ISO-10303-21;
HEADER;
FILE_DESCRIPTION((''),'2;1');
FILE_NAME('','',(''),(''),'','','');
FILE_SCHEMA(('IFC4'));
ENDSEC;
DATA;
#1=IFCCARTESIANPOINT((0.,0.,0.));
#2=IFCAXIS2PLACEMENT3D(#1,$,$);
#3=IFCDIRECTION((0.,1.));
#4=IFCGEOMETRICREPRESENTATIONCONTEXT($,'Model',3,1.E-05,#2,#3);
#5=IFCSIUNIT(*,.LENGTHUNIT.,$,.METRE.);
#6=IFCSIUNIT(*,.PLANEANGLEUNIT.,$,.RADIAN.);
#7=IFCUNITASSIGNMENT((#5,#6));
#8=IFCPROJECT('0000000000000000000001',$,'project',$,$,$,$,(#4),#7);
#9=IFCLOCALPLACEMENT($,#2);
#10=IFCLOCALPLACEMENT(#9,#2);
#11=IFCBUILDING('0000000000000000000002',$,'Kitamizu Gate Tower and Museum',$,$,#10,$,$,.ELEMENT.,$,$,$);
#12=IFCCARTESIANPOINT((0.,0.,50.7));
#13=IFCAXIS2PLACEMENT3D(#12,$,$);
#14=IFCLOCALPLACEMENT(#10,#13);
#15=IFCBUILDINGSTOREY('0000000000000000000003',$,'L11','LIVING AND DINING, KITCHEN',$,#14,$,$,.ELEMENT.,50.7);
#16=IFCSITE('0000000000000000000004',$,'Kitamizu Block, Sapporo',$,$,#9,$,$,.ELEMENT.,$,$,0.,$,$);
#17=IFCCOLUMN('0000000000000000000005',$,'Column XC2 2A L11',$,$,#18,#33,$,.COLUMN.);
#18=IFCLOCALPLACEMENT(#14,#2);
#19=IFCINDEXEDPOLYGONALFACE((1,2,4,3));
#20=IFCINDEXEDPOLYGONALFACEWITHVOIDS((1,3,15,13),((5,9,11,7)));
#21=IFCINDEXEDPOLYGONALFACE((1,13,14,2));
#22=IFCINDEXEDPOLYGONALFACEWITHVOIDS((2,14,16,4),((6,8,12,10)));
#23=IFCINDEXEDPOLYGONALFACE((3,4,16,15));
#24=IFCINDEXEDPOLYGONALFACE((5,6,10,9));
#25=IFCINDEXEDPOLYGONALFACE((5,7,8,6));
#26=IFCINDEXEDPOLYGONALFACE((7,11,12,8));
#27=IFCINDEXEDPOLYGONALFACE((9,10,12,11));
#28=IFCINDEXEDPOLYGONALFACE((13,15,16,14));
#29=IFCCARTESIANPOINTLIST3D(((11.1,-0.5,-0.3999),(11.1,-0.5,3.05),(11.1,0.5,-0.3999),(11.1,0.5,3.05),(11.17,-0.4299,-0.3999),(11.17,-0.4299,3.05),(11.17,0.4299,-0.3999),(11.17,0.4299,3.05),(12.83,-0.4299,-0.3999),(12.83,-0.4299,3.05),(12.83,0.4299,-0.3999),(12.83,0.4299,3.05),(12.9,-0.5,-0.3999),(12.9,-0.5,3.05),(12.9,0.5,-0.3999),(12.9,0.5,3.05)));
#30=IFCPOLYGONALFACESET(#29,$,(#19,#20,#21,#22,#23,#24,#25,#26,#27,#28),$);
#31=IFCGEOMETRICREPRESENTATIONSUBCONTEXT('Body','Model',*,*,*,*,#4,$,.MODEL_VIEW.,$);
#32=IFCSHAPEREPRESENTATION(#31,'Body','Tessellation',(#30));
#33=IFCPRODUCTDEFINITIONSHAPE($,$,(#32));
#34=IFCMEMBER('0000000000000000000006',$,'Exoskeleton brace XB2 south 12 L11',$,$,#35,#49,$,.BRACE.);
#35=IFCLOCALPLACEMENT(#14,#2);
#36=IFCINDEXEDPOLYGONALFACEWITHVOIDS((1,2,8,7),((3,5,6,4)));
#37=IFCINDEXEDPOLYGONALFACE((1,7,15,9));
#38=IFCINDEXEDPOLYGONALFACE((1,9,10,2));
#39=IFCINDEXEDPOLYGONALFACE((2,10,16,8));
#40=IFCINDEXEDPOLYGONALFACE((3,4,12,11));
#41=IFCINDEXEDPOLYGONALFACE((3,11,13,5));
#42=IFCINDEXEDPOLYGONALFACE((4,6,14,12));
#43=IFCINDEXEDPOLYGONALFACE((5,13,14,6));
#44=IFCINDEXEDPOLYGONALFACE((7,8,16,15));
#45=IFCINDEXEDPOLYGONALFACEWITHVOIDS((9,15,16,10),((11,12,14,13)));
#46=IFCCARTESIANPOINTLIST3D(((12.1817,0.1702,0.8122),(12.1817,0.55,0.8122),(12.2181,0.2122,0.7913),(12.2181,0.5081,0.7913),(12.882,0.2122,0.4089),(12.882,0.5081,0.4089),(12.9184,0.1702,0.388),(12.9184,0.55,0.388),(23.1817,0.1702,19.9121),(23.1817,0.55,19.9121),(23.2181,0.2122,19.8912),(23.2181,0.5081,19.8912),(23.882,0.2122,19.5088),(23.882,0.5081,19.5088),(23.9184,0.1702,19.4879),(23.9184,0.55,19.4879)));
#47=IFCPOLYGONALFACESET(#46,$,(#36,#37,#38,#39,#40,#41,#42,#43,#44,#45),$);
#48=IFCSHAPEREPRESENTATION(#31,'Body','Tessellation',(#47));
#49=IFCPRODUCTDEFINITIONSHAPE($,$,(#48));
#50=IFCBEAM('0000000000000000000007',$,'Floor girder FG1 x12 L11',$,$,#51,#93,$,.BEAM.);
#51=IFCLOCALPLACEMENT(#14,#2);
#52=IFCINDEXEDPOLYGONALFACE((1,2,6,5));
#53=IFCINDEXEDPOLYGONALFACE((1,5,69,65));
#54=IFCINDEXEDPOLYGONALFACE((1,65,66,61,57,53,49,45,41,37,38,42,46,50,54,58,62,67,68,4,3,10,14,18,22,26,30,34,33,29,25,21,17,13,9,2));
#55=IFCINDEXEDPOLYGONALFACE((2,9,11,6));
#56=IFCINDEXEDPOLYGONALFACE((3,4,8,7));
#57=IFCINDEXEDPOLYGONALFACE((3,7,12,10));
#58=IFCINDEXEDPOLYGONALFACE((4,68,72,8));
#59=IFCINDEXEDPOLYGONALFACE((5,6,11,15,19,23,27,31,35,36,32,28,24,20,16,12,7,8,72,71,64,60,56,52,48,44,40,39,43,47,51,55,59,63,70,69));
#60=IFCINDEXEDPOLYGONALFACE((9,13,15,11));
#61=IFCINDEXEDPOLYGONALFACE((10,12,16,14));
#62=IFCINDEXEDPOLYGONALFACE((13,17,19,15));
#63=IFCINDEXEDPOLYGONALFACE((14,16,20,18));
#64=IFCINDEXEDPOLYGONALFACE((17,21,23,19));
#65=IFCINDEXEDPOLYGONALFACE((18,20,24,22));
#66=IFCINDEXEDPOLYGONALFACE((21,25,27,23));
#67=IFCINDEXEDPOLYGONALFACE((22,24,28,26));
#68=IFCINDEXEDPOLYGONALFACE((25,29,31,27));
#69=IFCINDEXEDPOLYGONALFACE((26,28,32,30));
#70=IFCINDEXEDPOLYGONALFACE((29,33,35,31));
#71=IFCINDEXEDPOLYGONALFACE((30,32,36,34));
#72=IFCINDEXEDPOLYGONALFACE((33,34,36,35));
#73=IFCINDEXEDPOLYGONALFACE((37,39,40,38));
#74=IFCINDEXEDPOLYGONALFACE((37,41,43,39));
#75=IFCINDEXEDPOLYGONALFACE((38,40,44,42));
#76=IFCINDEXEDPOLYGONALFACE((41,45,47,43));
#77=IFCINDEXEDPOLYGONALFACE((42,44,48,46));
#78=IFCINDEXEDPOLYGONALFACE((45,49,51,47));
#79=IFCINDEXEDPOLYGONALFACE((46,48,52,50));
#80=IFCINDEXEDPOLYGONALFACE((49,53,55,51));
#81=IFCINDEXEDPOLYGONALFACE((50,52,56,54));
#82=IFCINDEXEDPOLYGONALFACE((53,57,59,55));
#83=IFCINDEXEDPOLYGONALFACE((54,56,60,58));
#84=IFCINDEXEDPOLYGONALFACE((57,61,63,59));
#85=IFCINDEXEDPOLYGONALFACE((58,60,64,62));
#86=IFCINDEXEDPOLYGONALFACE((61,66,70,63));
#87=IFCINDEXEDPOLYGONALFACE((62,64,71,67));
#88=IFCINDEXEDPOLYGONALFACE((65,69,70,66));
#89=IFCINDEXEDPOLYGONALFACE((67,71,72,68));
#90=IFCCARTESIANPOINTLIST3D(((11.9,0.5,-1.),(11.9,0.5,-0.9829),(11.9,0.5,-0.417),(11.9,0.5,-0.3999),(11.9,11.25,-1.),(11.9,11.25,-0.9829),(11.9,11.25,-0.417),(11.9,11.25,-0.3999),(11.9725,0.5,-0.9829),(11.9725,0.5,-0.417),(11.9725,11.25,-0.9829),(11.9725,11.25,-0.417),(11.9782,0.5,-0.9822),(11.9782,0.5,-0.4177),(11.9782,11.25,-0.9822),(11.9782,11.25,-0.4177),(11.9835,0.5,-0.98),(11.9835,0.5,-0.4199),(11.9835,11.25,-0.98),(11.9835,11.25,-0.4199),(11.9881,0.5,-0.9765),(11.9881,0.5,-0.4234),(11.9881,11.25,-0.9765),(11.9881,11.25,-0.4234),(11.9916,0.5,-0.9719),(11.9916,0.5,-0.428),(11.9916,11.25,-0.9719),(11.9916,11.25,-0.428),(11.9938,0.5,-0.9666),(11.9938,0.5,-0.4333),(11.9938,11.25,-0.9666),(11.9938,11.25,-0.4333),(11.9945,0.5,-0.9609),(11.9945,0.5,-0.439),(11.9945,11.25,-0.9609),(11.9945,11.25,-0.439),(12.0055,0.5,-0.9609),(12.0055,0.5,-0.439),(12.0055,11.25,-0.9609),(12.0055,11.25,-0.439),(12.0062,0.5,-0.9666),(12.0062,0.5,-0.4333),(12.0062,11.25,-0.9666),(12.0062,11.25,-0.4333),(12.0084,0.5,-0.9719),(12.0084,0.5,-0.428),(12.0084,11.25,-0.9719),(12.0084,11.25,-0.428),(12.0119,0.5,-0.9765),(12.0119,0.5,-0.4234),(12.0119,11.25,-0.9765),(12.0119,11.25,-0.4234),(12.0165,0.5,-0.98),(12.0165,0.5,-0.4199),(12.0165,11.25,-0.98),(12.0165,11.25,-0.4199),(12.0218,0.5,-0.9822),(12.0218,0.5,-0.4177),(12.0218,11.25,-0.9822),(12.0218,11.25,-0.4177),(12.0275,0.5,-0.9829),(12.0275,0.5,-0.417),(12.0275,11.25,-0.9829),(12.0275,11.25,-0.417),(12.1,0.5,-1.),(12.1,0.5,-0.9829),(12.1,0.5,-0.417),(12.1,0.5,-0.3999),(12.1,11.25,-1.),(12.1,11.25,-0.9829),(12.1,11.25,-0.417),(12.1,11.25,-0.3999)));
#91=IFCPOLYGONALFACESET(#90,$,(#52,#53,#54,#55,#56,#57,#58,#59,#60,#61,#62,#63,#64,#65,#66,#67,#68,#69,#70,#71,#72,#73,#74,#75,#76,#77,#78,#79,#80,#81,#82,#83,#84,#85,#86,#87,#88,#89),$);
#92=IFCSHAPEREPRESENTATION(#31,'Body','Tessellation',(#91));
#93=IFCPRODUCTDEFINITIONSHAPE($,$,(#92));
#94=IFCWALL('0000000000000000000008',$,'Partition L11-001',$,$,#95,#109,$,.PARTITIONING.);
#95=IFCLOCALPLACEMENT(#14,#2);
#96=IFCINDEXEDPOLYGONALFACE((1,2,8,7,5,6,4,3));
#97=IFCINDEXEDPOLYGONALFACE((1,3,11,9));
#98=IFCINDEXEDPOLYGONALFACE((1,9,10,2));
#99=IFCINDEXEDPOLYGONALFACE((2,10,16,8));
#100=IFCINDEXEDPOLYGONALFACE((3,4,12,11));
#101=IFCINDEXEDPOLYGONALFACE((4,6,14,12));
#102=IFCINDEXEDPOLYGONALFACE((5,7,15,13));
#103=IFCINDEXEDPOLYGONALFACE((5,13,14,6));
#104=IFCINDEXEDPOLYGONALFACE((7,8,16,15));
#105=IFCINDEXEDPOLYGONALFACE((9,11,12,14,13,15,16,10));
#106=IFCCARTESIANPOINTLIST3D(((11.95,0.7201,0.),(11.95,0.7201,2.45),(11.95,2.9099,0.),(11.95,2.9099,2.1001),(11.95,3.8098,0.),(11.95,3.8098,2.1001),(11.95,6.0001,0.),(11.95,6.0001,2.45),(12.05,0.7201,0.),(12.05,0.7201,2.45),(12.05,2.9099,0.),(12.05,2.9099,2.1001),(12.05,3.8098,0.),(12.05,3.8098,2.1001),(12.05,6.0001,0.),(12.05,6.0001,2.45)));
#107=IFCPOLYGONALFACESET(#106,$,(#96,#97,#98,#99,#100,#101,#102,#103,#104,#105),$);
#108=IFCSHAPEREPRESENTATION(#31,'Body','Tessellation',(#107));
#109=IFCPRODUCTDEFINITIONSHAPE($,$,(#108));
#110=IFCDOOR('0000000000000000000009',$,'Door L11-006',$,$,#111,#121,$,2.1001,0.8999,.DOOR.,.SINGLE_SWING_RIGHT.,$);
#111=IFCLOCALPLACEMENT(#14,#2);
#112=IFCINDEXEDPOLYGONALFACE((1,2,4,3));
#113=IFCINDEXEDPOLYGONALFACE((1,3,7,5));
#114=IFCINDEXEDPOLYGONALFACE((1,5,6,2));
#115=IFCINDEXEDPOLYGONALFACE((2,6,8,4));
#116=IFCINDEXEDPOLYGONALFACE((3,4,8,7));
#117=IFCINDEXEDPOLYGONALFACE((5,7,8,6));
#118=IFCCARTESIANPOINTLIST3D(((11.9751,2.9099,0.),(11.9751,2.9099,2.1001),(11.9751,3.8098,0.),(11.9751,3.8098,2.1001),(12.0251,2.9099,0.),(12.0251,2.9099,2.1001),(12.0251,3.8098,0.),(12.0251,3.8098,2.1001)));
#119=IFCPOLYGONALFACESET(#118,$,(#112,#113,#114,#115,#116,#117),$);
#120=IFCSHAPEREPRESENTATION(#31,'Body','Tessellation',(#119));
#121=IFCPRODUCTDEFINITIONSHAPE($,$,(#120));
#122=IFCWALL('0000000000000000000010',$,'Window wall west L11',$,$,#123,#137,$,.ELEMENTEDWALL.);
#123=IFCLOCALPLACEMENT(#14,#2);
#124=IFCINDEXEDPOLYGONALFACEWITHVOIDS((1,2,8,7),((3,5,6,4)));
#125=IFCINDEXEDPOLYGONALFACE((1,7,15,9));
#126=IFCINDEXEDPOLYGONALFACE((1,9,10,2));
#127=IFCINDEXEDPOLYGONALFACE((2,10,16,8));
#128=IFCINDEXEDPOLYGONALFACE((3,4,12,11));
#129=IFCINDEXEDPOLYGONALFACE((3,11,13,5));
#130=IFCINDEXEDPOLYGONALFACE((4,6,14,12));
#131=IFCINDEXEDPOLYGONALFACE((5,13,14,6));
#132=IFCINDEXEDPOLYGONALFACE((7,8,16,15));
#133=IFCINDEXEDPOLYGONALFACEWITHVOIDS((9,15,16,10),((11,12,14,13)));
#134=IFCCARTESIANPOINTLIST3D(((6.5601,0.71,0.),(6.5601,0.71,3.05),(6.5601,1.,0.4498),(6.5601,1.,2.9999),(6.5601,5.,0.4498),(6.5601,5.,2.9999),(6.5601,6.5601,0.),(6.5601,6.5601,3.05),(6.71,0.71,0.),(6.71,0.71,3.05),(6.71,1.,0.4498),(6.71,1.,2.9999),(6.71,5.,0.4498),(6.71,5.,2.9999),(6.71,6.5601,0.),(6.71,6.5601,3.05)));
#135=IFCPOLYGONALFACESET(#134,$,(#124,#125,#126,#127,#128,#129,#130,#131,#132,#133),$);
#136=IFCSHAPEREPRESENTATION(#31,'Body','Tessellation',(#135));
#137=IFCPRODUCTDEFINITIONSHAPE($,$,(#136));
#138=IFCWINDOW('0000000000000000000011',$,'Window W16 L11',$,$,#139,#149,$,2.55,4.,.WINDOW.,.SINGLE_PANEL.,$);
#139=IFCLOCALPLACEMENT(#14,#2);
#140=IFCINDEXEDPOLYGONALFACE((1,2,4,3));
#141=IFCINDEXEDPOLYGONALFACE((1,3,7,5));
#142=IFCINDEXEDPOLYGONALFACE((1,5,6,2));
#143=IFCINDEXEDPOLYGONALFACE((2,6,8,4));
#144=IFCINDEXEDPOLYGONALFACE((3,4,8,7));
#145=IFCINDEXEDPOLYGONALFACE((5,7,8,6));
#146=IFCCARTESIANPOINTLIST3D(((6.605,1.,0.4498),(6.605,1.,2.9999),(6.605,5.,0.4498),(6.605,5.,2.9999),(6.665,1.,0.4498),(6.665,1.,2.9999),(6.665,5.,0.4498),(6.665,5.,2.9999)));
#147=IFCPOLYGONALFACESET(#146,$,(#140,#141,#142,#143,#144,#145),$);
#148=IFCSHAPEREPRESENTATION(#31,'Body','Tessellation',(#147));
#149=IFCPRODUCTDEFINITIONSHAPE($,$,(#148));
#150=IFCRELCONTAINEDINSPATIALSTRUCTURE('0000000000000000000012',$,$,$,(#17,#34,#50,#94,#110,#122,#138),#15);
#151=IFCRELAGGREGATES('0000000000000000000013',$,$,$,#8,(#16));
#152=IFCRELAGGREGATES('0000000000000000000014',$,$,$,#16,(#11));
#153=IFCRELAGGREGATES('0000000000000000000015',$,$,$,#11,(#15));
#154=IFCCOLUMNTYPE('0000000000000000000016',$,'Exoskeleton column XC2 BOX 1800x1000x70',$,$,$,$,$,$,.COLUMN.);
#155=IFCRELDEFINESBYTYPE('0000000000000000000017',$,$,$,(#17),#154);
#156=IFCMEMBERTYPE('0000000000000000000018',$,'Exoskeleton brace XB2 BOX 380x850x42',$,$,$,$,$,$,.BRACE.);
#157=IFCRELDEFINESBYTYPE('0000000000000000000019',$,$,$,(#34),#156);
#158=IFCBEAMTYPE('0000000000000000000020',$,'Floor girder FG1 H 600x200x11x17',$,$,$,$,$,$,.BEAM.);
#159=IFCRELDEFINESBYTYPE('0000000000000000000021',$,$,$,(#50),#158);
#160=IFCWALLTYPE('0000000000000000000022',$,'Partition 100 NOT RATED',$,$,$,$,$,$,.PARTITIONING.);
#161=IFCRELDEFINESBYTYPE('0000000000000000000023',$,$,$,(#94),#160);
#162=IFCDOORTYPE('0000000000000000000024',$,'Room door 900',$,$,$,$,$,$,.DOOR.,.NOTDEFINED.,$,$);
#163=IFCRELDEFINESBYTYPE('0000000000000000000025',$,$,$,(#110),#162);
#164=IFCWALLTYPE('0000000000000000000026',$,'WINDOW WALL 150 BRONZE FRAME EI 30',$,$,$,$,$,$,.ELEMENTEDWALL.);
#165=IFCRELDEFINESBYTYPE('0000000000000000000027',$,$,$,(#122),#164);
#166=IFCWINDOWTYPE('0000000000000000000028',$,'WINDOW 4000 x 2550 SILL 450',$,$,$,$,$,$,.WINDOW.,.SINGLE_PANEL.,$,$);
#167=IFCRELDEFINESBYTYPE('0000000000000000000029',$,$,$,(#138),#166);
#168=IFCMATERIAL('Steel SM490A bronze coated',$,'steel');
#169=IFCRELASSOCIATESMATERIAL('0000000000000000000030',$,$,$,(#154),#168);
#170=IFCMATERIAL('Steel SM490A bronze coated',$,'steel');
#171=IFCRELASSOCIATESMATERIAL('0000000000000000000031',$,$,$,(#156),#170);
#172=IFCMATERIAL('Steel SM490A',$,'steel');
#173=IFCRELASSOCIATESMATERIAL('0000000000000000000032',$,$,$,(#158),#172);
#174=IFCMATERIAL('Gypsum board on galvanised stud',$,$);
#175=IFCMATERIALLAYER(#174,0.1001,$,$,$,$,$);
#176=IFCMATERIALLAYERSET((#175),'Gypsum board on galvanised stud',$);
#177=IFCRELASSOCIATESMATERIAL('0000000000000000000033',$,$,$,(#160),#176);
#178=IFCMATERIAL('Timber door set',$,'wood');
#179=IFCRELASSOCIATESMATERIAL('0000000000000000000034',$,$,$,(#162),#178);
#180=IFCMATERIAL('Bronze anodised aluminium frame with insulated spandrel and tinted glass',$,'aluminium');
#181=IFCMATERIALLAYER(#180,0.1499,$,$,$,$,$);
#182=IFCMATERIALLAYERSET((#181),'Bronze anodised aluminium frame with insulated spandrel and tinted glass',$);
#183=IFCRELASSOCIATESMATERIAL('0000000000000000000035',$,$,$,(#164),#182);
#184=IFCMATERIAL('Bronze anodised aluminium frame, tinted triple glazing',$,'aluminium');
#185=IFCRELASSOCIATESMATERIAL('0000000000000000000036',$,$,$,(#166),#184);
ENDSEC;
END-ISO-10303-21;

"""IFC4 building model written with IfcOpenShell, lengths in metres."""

from ifc_helpers import new_model, si_unit, direction, frame, frame_2d, origin, origin_2d, place, context, subcontext, project, spatial, rectangle, hollow_rectangle, i_section, extrude, material, layer, layer_set, material_profile, profile_set, type_object, element, fill, save


model = new_model("IFC4")

# Units and contexts
model_context = context("Model", 3, precision=1e-05, world=origin(), true_north=direction((0.0, 1.0)))
body_context = subcontext(model_context, "Body", "Model", "MODEL_VIEW")
ifc_project = project(units=[si_unit("LENGTHUNIT", "METRE"), si_unit("PLANEANGLEUNIT", "RADIAN")], contexts=[model_context])

# Site, building, storey
site_placement = place(None, origin())
site = spatial("IfcSite", under=ifc_project, at=site_placement, Name="Kitamizu Block, Sapporo", CompositionType="ELEMENT", RefElevation=0.0)
building_placement = place(site_placement, origin())
building = spatial("IfcBuilding", under=site, at=building_placement, Name="Kitamizu Gate Tower and Museum", CompositionType="ELEMENT")
storey_placement = place(building_placement, frame((0.0, 0.0, 50.7)))
storey = spatial("IfcBuildingStorey", under=building, at=storey_placement, Name="L11", Description="LIVING AND DINING, KITCHEN", CompositionType="ELEMENT", Elevation=50.7)

# Column
ifc_material_1 = material(Name="Steel SM490A bronze coated", Category="steel")
ifc_material_profile_1 = material_profile(ifc_material_1, hollow_rectangle(XDim=1.8, YDim=1.0, WallThickness=0.0701, at=origin_2d()), Name="BOX 1800x1000x70")
ifc_profile_set_1 = profile_set([ifc_material_profile_1], Name="Steel SM490A bronze coated")
column_type = type_object("IfcColumnType", Name="Exoskeleton column XC2 BOX 1800x1000x70", PredefinedType="COLUMN", material=ifc_profile_set_1)
column_placement = place(storey_placement, frame((12.0, 0.0, -0.3999), z_axis=(0.0, 0.0, 1.0), x_axis=(1.0, 0.0, 0.0)))
element("IfcColumn", 1, at=column_placement, inside=storey, type_object=column_type, Name="Column XC2 2A L11", PredefinedType="COLUMN", context=body_context, shape_type="SweptSolid", body=[
    extrude(hollow_rectangle(XDim=1.8, YDim=1.0, WallThickness=0.0701, at=origin_2d()), origin(), (0.0, 0.0, 1.0), 3.45),
])

# Member
ifc_material_2 = material(Name="Steel SM490A bronze coated", Category="steel")
ifc_material_profile_2 = material_profile(ifc_material_2, hollow_rectangle(XDim=0.3799, YDim=0.8501, WallThickness=0.042, at=origin_2d()), Name="BOX 380x850x42")
ifc_profile_set_2 = profile_set([ifc_material_profile_2], Name="Steel SM490A bronze coated")
member_type = type_object("IfcMemberType", Name="Exoskeleton brace XB2 BOX 380x850x42", PredefinedType="BRACE", material=ifc_profile_set_2)
member_placement = place(storey_placement, frame((12.55, 0.3601, 0.6001), z_axis=(0.499071, 0.0, 0.866561), x_axis=(0.0, 1.0, 0.0)))
element("IfcMember", 2, at=member_placement, inside=storey, type_object=member_type, Name="Exoskeleton brace XB2 south 12 L11", PredefinedType="BRACE", context=body_context, shape_type="SweptSolid", body=[
    extrude(hollow_rectangle(XDim=0.3799, YDim=0.8501, WallThickness=0.042, at=origin_2d()), origin(), (0.0, 0.0, 1.0), 22.041),
])

# Beam
ifc_material_3 = material(Name="Steel SM490A", Category="steel")
ifc_material_profile_3 = material_profile(ifc_material_3, i_section(OverallWidth=0.2, OverallDepth=0.6001, WebThickness=0.011, FlangeThickness=0.0171, FilletRadius=0.022, at=origin_2d()), Name="H-600x200x11x17")
ifc_profile_set_3 = profile_set([ifc_material_profile_3], Name="Steel SM490A")
beam_type = type_object("IfcBeamType", Name="Floor girder FG1 H 600x200x11x17", PredefinedType="BEAM", material=ifc_profile_set_3)
beam_placement = place(storey_placement, frame((12.0, 0.5, -0.7), z_axis=(0.0, 1.0, 0.0), x_axis=(-1.0, 0.0, 0.0)))
element("IfcBeam", 3, at=beam_placement, inside=storey, type_object=beam_type, Name="Floor girder FG1 x12 L11", PredefinedType="BEAM", context=body_context, shape_type="SweptSolid", body=[
    extrude(i_section(OverallWidth=0.2, OverallDepth=0.6001, WebThickness=0.011, FlangeThickness=0.0171, FilletRadius=0.022, at=origin_2d()), origin(), (0.0, 0.0, 1.0), 10.75),
])

# Wall, opening, door
ifc_material_4 = material(Name="Gypsum board on galvanised stud")
ifc_layer_1 = layer(ifc_material_4, 0.1001)
ifc_layer_set_1 = layer_set([ifc_layer_1], Name="Gypsum board on galvanised stud")
wall_type_1 = type_object("IfcWallType", Name="Partition 100 NOT RATED", PredefinedType="PARTITIONING", material=ifc_layer_set_1)
wall_1_placement = place(storey_placement, frame((12.0, 0.72, 0.0), z_axis=(0.0, 0.0, 1.0), x_axis=(0.0, 1.0, 0.0)))
wall_1 = element("IfcWall", 4, at=wall_1_placement, inside=storey, type_object=wall_type_1, Name="Partition L11-001", PredefinedType="PARTITIONING", context=body_context, shape_type="SweptSolid", body=[
    extrude(rectangle(XDim=5.28, YDim=0.1001, at=frame_2d((2.6401, 0.0))), origin(), (0.0, 0.0, 1.0), 2.45),
])
opening_1_placement = place(wall_1_placement, frame((2.1899, 0.0, 0.0)))
opening_1 = element("IfcOpeningElement", 5, at=opening_1_placement, cuts=wall_1, PredefinedType="OPENING", context=body_context, shape_type="SweptSolid", body=[
    extrude(rectangle(XDim=0.8999, YDim=2.1001, at=frame_2d((0.45, 1.05))), frame((0.0, 0.0601, 0.0), z_axis=(0.0, -1.0, 0.0), x_axis=(1.0, 0.0, 0.0)), (0.0, 0.0, 1.0), 0.1201),
])
ifc_material_5 = material(Name="Timber door set", Category="wood")
door_type = type_object("IfcDoorType", Name="Room door 900", OperationType="NOTDEFINED", PredefinedType="DOOR", material=ifc_material_5)
door_placement = place(opening_1_placement, origin())
door = element("IfcDoor", 6, at=door_placement, inside=storey, type_object=door_type, Name="Door L11-006", OperationType="SINGLE_SWING_RIGHT", OverallHeight=2.1001, OverallWidth=0.8999, PredefinedType="DOOR", context=body_context, shape_type="SweptSolid", body=[
    extrude(rectangle(XDim=0.8999, YDim=2.1001, at=frame_2d((0.45, 1.05))), frame((0.0, 0.0249, 0.0), z_axis=(0.0, -1.0, 0.0), x_axis=(1.0, 0.0, 0.0)), (0.0, 0.0, 1.0), 0.05),
])
fill(opening_1, door)

# Shared definitions
ifc_material_6 = material(Name="Bronze anodised aluminium frame with insulated spandrel and tinted glass", Category="aluminium")
ifc_layer_2 = layer(ifc_material_6, 0.1499)
ifc_layer_set_2 = layer_set([ifc_layer_2], Name="Bronze anodised aluminium frame with insulated spandrel and tinted glass")
wall_type_2 = type_object("IfcWallType", Name="WINDOW WALL 150 BRONZE FRAME EI 30", PredefinedType="ELEMENTEDWALL", material=ifc_layer_set_2)

# Wall, opening, window
wall_2_placement = place(storey_placement, frame((6.635, 0.71, 0.0), z_axis=(0.0, 0.0, 1.0), x_axis=(0.0, 1.0, 0.0)))
wall_2 = element("IfcWall", 7, at=wall_2_placement, inside=storey, type_object=wall_type_2, Name="Window wall west L11", PredefinedType="ELEMENTEDWALL", context=body_context, shape_type="SweptSolid", body=[
    extrude(rectangle(XDim=5.8501, YDim=0.1499, at=frame_2d((2.925, 0.0))), origin(), (0.0, 0.0, 1.0), 3.05),
])
opening_2_placement = place(wall_2_placement, frame((0.29, 0.0, 0.45)))
opening_2 = element("IfcOpeningElement", 8, at=opening_2_placement, cuts=wall_2, PredefinedType="OPENING", context=body_context, shape_type="SweptSolid", body=[
    extrude(rectangle(XDim=4.0, YDim=2.55, at=frame_2d((2.0, 1.2749))), frame((0.0, 0.085, 0.0), z_axis=(0.0, -1.0, 0.0), x_axis=(1.0, 0.0, 0.0)), (0.0, 0.0, 1.0), 0.1699),
])
ifc_material_7 = material(Name="Bronze anodised aluminium frame, tinted triple glazing", Category="aluminium")
window_type_1 = type_object("IfcWindowType", Name="WINDOW 4000 x 2550 SILL 450", PartitioningType="SINGLE_PANEL", PredefinedType="WINDOW", material=ifc_material_7)
window_1_placement = place(opening_2_placement, origin())
window_1 = element("IfcWindow", 9, at=window_1_placement, inside=storey, type_object=window_type_1, Name="Window W16 L11", OverallHeight=2.55, OverallWidth=4.0, PartitioningType="SINGLE_PANEL", PredefinedType="WINDOW", context=body_context, shape_type="SweptSolid", body=[
    extrude(rectangle(XDim=4.0, YDim=2.55, at=frame_2d((2.0, 1.2749))), frame((0.0, 0.03, 0.0), z_axis=(0.0, -1.0, 0.0), x_axis=(1.0, 0.0, 0.0)), (0.0, 0.0, 1.0), 0.0601),
])
fill(opening_2, window_1)

save(model, "model.ifc")
